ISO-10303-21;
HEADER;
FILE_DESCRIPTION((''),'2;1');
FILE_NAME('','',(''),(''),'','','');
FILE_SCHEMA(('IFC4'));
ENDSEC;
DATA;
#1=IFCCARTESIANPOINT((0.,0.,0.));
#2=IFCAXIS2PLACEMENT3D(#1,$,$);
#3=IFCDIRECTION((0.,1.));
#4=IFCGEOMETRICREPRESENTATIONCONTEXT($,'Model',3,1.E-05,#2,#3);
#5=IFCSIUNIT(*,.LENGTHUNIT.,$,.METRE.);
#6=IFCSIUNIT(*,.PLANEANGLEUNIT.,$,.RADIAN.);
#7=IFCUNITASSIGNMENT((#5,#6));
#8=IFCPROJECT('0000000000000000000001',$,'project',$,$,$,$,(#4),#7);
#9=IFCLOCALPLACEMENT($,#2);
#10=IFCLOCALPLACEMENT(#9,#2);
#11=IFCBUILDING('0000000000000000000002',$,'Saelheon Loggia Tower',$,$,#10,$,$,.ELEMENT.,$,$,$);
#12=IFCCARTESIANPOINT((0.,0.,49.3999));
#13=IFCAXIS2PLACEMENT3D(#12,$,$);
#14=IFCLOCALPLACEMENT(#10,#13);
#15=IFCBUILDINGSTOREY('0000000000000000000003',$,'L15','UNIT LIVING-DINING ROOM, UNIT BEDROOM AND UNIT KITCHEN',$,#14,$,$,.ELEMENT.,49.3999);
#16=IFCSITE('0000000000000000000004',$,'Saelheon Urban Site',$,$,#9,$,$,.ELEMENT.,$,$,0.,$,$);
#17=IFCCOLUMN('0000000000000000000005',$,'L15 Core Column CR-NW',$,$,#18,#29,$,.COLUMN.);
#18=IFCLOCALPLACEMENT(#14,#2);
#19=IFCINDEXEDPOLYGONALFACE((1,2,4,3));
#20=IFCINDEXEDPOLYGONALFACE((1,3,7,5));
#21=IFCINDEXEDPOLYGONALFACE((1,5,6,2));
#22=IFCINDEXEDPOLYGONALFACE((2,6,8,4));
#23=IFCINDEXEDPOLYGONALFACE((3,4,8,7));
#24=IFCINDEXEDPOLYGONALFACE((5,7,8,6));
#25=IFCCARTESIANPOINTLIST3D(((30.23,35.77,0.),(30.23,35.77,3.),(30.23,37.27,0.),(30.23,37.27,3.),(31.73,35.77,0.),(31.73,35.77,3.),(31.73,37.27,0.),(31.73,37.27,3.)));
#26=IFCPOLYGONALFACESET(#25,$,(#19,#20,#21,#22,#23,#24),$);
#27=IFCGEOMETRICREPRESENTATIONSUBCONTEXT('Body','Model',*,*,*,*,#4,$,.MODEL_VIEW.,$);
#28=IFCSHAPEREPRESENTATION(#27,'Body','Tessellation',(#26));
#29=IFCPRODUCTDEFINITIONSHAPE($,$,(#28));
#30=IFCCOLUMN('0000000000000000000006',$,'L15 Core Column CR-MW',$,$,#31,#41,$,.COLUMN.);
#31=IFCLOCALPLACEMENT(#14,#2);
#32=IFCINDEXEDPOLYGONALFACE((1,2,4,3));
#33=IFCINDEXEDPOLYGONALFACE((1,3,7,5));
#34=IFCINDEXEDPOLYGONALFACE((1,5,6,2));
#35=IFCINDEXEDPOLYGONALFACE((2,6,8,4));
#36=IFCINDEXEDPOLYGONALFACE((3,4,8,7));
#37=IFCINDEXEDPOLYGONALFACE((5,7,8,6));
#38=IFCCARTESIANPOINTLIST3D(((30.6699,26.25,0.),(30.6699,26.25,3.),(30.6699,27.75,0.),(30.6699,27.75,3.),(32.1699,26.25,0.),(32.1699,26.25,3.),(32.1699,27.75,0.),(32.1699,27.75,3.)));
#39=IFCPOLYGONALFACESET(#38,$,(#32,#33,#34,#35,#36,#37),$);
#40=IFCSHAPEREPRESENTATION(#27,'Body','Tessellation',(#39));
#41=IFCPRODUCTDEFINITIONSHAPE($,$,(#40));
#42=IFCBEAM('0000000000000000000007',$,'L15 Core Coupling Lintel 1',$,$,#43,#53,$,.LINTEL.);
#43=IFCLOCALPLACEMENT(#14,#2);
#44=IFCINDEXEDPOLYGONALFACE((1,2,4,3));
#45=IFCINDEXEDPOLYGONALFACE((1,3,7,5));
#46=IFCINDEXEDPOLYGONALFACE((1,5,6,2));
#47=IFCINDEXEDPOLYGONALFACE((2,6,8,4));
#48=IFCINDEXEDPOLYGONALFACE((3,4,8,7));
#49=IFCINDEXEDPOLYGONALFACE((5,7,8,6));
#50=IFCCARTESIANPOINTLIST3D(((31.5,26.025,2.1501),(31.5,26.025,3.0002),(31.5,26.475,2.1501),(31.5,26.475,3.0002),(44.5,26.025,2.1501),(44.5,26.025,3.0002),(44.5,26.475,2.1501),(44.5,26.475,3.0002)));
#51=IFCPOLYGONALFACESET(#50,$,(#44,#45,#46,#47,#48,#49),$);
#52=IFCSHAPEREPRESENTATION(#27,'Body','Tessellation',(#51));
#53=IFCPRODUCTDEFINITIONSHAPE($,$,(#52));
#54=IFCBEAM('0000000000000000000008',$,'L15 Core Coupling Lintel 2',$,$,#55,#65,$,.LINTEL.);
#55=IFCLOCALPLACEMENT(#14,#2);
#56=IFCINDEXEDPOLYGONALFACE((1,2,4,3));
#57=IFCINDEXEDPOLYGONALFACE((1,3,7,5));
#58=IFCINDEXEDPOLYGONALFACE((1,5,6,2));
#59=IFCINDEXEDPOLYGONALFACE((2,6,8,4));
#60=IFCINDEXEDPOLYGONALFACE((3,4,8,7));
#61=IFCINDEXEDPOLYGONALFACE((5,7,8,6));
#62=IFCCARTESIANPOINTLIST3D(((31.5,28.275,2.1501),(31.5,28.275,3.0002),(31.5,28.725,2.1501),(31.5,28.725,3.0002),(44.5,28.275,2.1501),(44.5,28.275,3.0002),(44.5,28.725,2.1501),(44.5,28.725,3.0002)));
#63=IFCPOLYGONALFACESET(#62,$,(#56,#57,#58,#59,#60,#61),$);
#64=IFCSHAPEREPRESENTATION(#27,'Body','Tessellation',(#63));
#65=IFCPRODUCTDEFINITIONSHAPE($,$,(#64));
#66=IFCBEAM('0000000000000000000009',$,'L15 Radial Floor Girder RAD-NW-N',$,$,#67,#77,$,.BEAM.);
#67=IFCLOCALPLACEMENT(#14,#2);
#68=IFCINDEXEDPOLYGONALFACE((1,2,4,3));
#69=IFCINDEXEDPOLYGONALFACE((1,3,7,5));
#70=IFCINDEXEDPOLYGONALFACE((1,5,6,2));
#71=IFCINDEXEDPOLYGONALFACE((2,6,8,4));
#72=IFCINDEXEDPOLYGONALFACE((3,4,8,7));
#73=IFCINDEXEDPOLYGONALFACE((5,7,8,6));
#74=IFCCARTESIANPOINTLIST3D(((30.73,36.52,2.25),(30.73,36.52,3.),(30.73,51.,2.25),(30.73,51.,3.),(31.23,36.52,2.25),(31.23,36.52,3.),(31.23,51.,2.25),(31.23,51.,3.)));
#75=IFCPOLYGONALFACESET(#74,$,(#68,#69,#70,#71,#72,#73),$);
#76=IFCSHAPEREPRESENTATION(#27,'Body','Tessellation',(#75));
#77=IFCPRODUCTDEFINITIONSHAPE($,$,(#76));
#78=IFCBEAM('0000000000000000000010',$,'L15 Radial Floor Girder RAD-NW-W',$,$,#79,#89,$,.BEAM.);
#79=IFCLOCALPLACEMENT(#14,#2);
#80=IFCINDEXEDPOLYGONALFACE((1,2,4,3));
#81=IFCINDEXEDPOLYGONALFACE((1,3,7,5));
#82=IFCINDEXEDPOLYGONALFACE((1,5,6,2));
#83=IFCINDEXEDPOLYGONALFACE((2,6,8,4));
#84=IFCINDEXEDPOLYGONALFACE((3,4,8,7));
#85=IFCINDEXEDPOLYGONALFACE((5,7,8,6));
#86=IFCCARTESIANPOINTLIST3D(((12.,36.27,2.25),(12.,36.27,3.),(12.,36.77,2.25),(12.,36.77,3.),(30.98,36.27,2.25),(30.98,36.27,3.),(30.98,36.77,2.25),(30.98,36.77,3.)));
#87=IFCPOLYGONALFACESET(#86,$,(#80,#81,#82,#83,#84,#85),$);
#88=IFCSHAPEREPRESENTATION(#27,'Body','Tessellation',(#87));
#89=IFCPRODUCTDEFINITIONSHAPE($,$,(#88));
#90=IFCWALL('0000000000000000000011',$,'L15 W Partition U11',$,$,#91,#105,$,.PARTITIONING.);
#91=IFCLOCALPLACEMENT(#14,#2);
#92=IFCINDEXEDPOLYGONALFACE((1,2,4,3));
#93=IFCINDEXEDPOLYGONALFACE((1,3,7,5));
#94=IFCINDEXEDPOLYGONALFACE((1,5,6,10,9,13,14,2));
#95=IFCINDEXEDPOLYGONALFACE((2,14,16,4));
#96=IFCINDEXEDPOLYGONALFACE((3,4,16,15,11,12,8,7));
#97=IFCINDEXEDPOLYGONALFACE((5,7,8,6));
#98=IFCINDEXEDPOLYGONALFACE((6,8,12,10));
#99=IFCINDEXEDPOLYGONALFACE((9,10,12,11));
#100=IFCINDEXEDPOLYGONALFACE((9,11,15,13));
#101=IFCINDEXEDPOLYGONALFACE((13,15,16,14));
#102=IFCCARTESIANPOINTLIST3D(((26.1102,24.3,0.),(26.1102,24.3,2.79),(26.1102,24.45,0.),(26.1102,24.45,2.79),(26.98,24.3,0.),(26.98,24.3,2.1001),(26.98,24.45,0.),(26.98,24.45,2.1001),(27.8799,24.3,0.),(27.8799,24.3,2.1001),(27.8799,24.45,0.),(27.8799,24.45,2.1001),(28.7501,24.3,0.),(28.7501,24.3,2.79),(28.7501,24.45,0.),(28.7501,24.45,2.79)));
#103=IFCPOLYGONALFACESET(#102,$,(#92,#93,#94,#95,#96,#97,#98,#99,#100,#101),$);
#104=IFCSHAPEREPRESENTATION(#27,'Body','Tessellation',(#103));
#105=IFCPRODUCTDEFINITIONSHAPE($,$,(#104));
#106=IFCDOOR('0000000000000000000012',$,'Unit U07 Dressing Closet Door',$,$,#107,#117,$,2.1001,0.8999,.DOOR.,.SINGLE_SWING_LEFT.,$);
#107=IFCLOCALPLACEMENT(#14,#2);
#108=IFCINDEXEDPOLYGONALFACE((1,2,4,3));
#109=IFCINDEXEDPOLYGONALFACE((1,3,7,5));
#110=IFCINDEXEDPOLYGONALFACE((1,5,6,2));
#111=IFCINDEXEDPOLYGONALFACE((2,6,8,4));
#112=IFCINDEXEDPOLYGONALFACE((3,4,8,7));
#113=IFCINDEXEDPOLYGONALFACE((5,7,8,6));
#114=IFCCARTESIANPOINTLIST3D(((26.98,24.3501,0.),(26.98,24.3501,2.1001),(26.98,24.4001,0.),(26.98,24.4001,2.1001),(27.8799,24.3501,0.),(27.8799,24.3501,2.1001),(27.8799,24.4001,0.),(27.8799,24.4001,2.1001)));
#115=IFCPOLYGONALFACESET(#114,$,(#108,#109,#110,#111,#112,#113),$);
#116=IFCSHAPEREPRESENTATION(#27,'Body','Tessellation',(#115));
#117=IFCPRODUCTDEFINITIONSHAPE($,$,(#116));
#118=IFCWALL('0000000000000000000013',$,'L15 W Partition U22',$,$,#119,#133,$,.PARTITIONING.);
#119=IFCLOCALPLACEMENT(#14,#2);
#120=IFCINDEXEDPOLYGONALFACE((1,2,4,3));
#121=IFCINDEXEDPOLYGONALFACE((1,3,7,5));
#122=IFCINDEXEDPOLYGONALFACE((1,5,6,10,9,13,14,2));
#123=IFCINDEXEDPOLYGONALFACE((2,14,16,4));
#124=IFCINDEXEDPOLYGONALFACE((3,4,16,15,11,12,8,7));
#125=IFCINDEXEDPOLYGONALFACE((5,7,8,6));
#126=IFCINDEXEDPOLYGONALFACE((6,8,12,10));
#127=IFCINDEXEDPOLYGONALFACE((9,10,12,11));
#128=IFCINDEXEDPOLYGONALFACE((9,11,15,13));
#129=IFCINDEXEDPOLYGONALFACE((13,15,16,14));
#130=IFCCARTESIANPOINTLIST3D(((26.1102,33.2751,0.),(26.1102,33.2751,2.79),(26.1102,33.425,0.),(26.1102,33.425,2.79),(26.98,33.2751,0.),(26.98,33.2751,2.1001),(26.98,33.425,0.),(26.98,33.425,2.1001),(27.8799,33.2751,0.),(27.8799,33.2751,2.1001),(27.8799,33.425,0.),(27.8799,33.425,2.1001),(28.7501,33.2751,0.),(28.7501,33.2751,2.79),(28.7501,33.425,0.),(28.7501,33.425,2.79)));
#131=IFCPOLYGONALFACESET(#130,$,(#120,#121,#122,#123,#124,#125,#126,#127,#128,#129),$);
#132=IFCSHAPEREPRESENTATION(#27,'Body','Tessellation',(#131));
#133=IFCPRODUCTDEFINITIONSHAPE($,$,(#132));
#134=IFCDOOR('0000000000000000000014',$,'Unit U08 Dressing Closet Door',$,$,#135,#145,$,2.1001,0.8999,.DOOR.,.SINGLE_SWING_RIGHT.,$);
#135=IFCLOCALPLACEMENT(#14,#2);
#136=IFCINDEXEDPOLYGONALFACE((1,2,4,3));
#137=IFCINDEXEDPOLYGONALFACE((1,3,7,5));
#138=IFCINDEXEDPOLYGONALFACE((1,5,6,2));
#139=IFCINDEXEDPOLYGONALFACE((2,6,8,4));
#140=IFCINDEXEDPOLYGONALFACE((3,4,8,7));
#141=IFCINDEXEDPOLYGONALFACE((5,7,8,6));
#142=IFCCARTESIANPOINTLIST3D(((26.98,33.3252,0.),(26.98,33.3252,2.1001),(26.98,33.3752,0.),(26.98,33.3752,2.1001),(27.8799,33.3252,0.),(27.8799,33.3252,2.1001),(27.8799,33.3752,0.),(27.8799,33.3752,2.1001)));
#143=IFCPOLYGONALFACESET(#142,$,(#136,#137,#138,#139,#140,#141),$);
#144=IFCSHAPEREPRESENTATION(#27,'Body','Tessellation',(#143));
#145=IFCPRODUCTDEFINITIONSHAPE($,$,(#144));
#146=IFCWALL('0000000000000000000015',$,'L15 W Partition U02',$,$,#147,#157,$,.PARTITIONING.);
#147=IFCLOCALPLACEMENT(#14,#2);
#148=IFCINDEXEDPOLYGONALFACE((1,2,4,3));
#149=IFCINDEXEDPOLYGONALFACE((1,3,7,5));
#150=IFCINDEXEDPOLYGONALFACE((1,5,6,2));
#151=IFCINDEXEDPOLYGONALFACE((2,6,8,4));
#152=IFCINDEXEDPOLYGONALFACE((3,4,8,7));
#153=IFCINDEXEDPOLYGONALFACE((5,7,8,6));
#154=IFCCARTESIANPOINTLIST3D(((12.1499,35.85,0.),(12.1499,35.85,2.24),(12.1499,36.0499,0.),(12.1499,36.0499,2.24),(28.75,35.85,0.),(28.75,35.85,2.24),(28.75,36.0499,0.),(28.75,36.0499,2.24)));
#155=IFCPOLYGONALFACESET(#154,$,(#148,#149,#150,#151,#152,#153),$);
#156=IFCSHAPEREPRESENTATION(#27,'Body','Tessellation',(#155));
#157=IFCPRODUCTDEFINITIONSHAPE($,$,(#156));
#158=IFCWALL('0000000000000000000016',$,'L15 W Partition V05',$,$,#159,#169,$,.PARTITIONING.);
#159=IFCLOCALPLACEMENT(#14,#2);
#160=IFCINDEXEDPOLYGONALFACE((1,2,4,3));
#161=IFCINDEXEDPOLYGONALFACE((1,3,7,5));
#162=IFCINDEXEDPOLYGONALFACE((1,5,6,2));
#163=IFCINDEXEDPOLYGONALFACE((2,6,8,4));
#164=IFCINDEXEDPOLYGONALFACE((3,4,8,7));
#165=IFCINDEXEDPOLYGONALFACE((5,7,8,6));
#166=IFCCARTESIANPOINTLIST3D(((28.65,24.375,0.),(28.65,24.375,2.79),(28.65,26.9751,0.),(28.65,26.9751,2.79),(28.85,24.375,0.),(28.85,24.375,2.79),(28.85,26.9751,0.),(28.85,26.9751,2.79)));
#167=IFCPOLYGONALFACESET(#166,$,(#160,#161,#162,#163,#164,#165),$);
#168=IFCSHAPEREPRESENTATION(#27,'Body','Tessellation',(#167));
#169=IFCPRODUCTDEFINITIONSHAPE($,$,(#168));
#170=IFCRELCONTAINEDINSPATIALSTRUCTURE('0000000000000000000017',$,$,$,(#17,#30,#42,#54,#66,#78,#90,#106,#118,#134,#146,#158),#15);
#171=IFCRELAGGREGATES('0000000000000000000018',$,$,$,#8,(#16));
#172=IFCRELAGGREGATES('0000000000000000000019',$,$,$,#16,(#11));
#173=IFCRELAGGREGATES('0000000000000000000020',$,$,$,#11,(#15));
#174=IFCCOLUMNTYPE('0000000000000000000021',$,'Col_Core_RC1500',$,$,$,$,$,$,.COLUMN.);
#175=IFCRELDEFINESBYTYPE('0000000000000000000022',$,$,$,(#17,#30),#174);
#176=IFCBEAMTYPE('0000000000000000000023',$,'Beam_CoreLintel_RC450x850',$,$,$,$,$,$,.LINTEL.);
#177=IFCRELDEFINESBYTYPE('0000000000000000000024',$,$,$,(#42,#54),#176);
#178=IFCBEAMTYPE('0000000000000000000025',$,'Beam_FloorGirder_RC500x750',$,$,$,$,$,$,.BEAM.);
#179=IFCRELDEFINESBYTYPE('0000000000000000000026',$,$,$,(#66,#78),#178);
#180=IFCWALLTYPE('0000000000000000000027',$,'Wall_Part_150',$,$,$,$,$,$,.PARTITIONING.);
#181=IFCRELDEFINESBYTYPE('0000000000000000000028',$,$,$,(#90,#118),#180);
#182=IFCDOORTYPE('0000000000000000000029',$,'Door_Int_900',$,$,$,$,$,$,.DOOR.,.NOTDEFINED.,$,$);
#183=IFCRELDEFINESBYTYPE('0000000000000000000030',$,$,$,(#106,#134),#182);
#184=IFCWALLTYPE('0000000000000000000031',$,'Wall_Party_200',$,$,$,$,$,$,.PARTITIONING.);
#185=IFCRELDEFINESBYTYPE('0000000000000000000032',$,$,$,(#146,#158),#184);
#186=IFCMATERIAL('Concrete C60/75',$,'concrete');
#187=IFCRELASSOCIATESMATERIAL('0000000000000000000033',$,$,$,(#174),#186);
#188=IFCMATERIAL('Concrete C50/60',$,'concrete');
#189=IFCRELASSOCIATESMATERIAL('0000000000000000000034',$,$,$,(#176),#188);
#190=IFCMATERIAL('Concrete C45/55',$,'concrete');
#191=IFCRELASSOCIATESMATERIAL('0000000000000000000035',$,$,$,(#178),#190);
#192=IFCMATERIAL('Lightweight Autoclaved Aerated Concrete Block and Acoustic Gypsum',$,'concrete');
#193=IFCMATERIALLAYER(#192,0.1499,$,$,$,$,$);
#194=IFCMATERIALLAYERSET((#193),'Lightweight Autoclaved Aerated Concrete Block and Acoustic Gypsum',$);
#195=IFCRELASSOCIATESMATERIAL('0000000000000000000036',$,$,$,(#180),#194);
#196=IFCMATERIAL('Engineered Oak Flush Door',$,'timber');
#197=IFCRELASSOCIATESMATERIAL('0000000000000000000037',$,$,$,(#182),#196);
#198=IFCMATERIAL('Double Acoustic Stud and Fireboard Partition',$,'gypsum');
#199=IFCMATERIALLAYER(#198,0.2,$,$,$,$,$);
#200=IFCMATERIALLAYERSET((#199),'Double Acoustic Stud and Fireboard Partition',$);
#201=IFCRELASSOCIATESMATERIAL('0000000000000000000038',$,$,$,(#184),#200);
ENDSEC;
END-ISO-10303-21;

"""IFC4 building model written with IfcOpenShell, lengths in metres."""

from ifc_helpers import new_model, si_unit, direction, frame, frame_2d, origin, origin_2d, place, context, subcontext, project, spatial, rectangle, extrude, source, transform, mapped, material, layer, layer_set, material_profile, profile_set, type_object, element, fill, save


model = new_model("IFC4")

# Units and contexts
model_context = context("Model", 3, precision=1e-05, world=origin(), true_north=direction((0.0, 1.0)))
body_context = subcontext(model_context, "Body", "Model", "MODEL_VIEW")
ifc_project = project(units=[si_unit("LENGTHUNIT", "METRE"), si_unit("PLANEANGLEUNIT", "RADIAN")], contexts=[model_context])

# Site, building, storey
site_placement = place(None, origin())
site = spatial("IfcSite", under=ifc_project, at=site_placement, Name="Saelheon Urban Site", CompositionType="ELEMENT", RefElevation=0.0)
building_placement = place(site_placement, origin())
building = spatial("IfcBuilding", under=site, at=building_placement, Name="Saelheon Loggia Tower", CompositionType="ELEMENT")
storey_placement = place(building_placement, frame((0.0, 0.0, 49.3999)))
storey = spatial("IfcBuildingStorey", under=building, at=storey_placement, Name="L15", Description="UNIT LIVING-DINING ROOM, UNIT BEDROOM AND UNIT KITCHEN", CompositionType="ELEMENT", Elevation=49.3999)

# Columns
ifc_material_1 = material(Name="Concrete C60/75", Category="concrete")
ifc_material_profile_1 = material_profile(ifc_material_1, rectangle(XDim=1.5, YDim=1.5, at=origin_2d()), Name="RC-1500x1500")
ifc_profile_set_1 = profile_set([ifc_material_profile_1], Name="Concrete C60/75")
column_type = type_object("IfcColumnType", Name="Col_Core_RC1500", PredefinedType="COLUMN", material=ifc_profile_set_1)
shared_shape_1 = source(origin(), body_context, "Body", "SweptSolid", [
    extrude(rectangle(XDim=1.5, YDim=1.5, at=origin_2d()), origin(), (0.0, 0.0, 1.0), 3.0),
])
for number, where, z_axis, x_axis, name in (
    (1, (30.98, 36.52, 0.0), (0.0, 0.0, 1.0), (1.0, 0.0, 0.0), "L15 Core Column CR-NW"),
    (2, (31.4199, 27.0, 0.0), (0.0, 0.0, 1.0), (1.0, 0.0, 0.0), "L15 Core Column CR-MW"),
):
    element("IfcColumn", number, at=place(storey_placement, frame(where, z_axis=z_axis, x_axis=x_axis)), inside=storey, type_object=column_type, Name=name, PredefinedType="COLUMN", context=body_context, shape_type="MappedRepresentation", body=[
        mapped(shared_shape_1, transform((0.0, 0.0, 0.0), scale=1.0)),
    ])

# Beams
ifc_material_2 = material(Name="Concrete C50/60", Category="concrete")
ifc_material_profile_2 = material_profile(ifc_material_2, rectangle(XDim=0.45, YDim=0.8501, at=origin_2d()), Name="RC-450x850")
ifc_profile_set_2 = profile_set([ifc_material_profile_2], Name="Concrete C50/60")
beam_type_1 = type_object("IfcBeamType", Name="Beam_CoreLintel_RC450x850", PredefinedType="LINTEL", material=ifc_profile_set_2)
shared_shape_2 = source(origin(), body_context, "Body", "SweptSolid", [
    extrude(rectangle(XDim=0.45, YDim=0.8501, at=origin_2d()), origin(), (0.0, 0.0, 1.0), 13.0),
])
for number, where, z_axis, x_axis, name in (
    (3, (31.5, 26.25, 2.5752), (1.0, 0.0, 0.0), (0.0, 1.0, 0.0), "L15 Core Coupling Lintel 1"),
    (4, (31.5, 28.5, 2.5752), (1.0, 0.0, 0.0), (0.0, 1.0, 0.0), "L15 Core Coupling Lintel 2"),
):
    element("IfcBeam", number, at=place(storey_placement, frame(where, z_axis=z_axis, x_axis=x_axis)), inside=storey, type_object=beam_type_1, Name=name, PredefinedType="LINTEL", context=body_context, shape_type="MappedRepresentation", body=[
        mapped(shared_shape_2, transform((0.0, 0.0, 0.0), scale=1.0)),
    ])
ifc_material_3 = material(Name="Concrete C45/55", Category="concrete")
ifc_material_profile_3 = material_profile(ifc_material_3, rectangle(XDim=0.5, YDim=0.75, at=origin_2d()), Name="RC-500x750")
ifc_profile_set_3 = profile_set([ifc_material_profile_3], Name="Concrete C45/55")
beam_type_2 = type_object("IfcBeamType", Name="Beam_FloorGirder_RC500x750", PredefinedType="BEAM", material=ifc_profile_set_3)
shared_shape_3 = source(origin(), body_context, "Body", "SweptSolid", [
    extrude(rectangle(XDim=0.5, YDim=0.75, at=origin_2d()), origin(), (0.0, 0.0, 1.0), 14.48),
])
beam_1_placement = place(storey_placement, frame((30.98, 36.52, 2.625), z_axis=(0.0, 1.0, 0.0), x_axis=(-1.0, 0.0, 0.0)))
element("IfcBeam", 5, at=beam_1_placement, inside=storey, type_object=beam_type_2, Name="L15 Radial Floor Girder RAD-NW-N", PredefinedType="BEAM", context=body_context, shape_type="MappedRepresentation", body=[
    mapped(shared_shape_3, transform((0.0, 0.0, 0.0), scale=1.0)),
])
shared_shape_4 = source(origin(), body_context, "Body", "SweptSolid", [
    extrude(rectangle(XDim=0.5, YDim=0.75, at=origin_2d()), origin(), (0.0, 0.0, 1.0), 18.98),
])
beam_2_placement = place(storey_placement, frame((30.98, 36.52, 2.625), z_axis=(-1.0, 0.0, 0.0), x_axis=(0.0, -1.0, 0.0)))
element("IfcBeam", 6, at=beam_2_placement, inside=storey, type_object=beam_type_2, Name="L15 Radial Floor Girder RAD-NW-W", PredefinedType="BEAM", context=body_context, shape_type="MappedRepresentation", body=[
    mapped(shared_shape_4, transform((0.0, 0.0, 0.0), scale=1.0)),
])

# Walls, openings, doors
ifc_material_4 = material(Name="Lightweight Autoclaved Aerated Concrete Block and Acoustic Gypsum", Category="concrete")
ifc_layer_1 = layer(ifc_material_4, 0.1499)
ifc_layer_set_1 = layer_set([ifc_layer_1], Name="Lightweight Autoclaved Aerated Concrete Block and Acoustic Gypsum")
wall_type_1 = type_object("IfcWallType", Name="Wall_Part_150", PredefinedType="PARTITIONING", material=ifc_layer_set_1)
wall_1_placement = place(storey_placement, frame((28.75, 24.375, 0.0), z_axis=(0.0, 0.0, 1.0), x_axis=(-1.0, 0.0, 0.0)))
wall_1 = element("IfcWall", 7, at=wall_1_placement, inside=storey, type_object=wall_type_1, Name="L15 W Partition U11", PredefinedType="PARTITIONING", context=body_context, shape_type="SweptSolid", body=[
    extrude(rectangle(XDim=2.6399, YDim=0.1499, at=frame_2d((1.3198, 0.0))), origin(), (0.0, 0.0, 1.0), 2.79),
])
opening_1_placement = place(wall_1_placement, frame((0.8701, 0.0, 0.0)))
opening_1 = element("IfcOpeningElement", 8, at=opening_1_placement, cuts=wall_1, PredefinedType="OPENING", context=body_context, shape_type="SweptSolid", body=[
    extrude(rectangle(XDim=0.8999, YDim=2.1001, at=frame_2d((0.45, 1.05))), frame((0.0, 0.0869, 0.0), z_axis=(0.0, -1.0, 0.0), x_axis=(1.0, 0.0, 0.0)), (0.0, 0.0, 1.0), 0.1738),
])
ifc_material_5 = material(Name="Engineered Oak Flush Door", Category="timber")
door_type_1 = type_object("IfcDoorType", Name="Door_Int_900", OperationType="NOTDEFINED", PredefinedType="DOOR", material=ifc_material_5)
shared_shape_5 = source(origin(), body_context, "Body", "SweptSolid", [
    extrude(rectangle(XDim=0.8999, YDim=2.1001, at=frame_2d((0.45, 1.05))), frame((0.0, 0.0249, 0.0), z_axis=(0.0, -1.0, 0.0), x_axis=(1.0, 0.0, 0.0)), (0.0, 0.0, 1.0), 0.05),
])
door_1_placement = place(opening_1_placement, origin())
door_1 = element("IfcDoor", 9, at=door_1_placement, inside=storey, type_object=door_type_1, Name="Unit U07 Dressing Closet Door", OperationType="SINGLE_SWING_LEFT", OverallHeight=2.1001, OverallWidth=0.8999, PredefinedType="DOOR", context=body_context, shape_type="MappedRepresentation", body=[
    mapped(shared_shape_5, transform((0.0, 0.0, 0.0), scale=1.0)),
])
fill(opening_1, door_1)
wall_2_placement = place(storey_placement, frame((28.75, 33.3501, 0.0), z_axis=(0.0, 0.0, 1.0), x_axis=(-1.0, 0.0, 0.0)))
wall_2 = element("IfcWall", 10, at=wall_2_placement, inside=storey, type_object=wall_type_1, Name="L15 W Partition U22", PredefinedType="PARTITIONING", context=body_context, shape_type="SweptSolid", body=[
    extrude(rectangle(XDim=2.6399, YDim=0.1499, at=frame_2d((1.3198, 0.0))), origin(), (0.0, 0.0, 1.0), 2.79),
])
opening_2_placement = place(wall_2_placement, frame((0.8701, 0.0, 0.0)))
opening_2 = element("IfcOpeningElement", 11, at=opening_2_placement, cuts=wall_2, PredefinedType="OPENING", context=body_context, shape_type="SweptSolid", body=[
    extrude(rectangle(XDim=0.8999, YDim=2.1001, at=frame_2d((0.45, 1.05))), frame((0.0, 0.0869, 0.0), z_axis=(0.0, -1.0, 0.0), x_axis=(1.0, 0.0, 0.0)), (0.0, 0.0, 1.0), 0.1738),
])
door_2_placement = place(opening_2_placement, origin())
door_2 = element("IfcDoor", 12, at=door_2_placement, inside=storey, type_object=door_type_1, Name="Unit U08 Dressing Closet Door", OperationType="SINGLE_SWING_RIGHT", OverallHeight=2.1001, OverallWidth=0.8999, PredefinedType="DOOR", context=body_context, shape_type="MappedRepresentation", body=[
    mapped(shared_shape_5, transform((0.0, 0.0, 0.0), scale=1.0)),
])
fill(opening_2, door_2)

# Walls
ifc_material_6 = material(Name="Double Acoustic Stud and Fireboard Partition", Category="gypsum")
ifc_layer_2 = layer(ifc_material_6, 0.2)
ifc_layer_set_2 = layer_set([ifc_layer_2], Name="Double Acoustic Stud and Fireboard Partition")
wall_type_2 = type_object("IfcWallType", Name="Wall_Party_200", PredefinedType="PARTITIONING", material=ifc_layer_set_2)
wall_3_placement = place(storey_placement, frame((28.75, 35.95, 0.0), z_axis=(0.0, 0.0, 1.0), x_axis=(-1.0, 0.0, 0.0)))
element("IfcWall", 13, at=wall_3_placement, inside=storey, type_object=wall_type_2, Name="L15 W Partition U02", PredefinedType="PARTITIONING", context=body_context, shape_type="SweptSolid", body=[
    extrude(rectangle(XDim=16.6001, YDim=0.2, at=frame_2d((8.3, 0.0))), origin(), (0.0, 0.0, 1.0), 2.24),
])
wall_4_placement = place(storey_placement, frame((28.75, 24.375, 0.0), z_axis=(0.0, 0.0, 1.0), x_axis=(0.0, 1.0, 0.0)))
element("IfcWall", 14, at=wall_4_placement, inside=storey, type_object=wall_type_2, Name="L15 W Partition V05", PredefinedType="PARTITIONING", context=body_context, shape_type="SweptSolid", body=[
    extrude(rectangle(XDim=2.6001, YDim=0.2, at=frame_2d((1.3, 0.0))), origin(), (0.0, 0.0, 1.0), 2.79),
])

save(model, "model.ifc")
